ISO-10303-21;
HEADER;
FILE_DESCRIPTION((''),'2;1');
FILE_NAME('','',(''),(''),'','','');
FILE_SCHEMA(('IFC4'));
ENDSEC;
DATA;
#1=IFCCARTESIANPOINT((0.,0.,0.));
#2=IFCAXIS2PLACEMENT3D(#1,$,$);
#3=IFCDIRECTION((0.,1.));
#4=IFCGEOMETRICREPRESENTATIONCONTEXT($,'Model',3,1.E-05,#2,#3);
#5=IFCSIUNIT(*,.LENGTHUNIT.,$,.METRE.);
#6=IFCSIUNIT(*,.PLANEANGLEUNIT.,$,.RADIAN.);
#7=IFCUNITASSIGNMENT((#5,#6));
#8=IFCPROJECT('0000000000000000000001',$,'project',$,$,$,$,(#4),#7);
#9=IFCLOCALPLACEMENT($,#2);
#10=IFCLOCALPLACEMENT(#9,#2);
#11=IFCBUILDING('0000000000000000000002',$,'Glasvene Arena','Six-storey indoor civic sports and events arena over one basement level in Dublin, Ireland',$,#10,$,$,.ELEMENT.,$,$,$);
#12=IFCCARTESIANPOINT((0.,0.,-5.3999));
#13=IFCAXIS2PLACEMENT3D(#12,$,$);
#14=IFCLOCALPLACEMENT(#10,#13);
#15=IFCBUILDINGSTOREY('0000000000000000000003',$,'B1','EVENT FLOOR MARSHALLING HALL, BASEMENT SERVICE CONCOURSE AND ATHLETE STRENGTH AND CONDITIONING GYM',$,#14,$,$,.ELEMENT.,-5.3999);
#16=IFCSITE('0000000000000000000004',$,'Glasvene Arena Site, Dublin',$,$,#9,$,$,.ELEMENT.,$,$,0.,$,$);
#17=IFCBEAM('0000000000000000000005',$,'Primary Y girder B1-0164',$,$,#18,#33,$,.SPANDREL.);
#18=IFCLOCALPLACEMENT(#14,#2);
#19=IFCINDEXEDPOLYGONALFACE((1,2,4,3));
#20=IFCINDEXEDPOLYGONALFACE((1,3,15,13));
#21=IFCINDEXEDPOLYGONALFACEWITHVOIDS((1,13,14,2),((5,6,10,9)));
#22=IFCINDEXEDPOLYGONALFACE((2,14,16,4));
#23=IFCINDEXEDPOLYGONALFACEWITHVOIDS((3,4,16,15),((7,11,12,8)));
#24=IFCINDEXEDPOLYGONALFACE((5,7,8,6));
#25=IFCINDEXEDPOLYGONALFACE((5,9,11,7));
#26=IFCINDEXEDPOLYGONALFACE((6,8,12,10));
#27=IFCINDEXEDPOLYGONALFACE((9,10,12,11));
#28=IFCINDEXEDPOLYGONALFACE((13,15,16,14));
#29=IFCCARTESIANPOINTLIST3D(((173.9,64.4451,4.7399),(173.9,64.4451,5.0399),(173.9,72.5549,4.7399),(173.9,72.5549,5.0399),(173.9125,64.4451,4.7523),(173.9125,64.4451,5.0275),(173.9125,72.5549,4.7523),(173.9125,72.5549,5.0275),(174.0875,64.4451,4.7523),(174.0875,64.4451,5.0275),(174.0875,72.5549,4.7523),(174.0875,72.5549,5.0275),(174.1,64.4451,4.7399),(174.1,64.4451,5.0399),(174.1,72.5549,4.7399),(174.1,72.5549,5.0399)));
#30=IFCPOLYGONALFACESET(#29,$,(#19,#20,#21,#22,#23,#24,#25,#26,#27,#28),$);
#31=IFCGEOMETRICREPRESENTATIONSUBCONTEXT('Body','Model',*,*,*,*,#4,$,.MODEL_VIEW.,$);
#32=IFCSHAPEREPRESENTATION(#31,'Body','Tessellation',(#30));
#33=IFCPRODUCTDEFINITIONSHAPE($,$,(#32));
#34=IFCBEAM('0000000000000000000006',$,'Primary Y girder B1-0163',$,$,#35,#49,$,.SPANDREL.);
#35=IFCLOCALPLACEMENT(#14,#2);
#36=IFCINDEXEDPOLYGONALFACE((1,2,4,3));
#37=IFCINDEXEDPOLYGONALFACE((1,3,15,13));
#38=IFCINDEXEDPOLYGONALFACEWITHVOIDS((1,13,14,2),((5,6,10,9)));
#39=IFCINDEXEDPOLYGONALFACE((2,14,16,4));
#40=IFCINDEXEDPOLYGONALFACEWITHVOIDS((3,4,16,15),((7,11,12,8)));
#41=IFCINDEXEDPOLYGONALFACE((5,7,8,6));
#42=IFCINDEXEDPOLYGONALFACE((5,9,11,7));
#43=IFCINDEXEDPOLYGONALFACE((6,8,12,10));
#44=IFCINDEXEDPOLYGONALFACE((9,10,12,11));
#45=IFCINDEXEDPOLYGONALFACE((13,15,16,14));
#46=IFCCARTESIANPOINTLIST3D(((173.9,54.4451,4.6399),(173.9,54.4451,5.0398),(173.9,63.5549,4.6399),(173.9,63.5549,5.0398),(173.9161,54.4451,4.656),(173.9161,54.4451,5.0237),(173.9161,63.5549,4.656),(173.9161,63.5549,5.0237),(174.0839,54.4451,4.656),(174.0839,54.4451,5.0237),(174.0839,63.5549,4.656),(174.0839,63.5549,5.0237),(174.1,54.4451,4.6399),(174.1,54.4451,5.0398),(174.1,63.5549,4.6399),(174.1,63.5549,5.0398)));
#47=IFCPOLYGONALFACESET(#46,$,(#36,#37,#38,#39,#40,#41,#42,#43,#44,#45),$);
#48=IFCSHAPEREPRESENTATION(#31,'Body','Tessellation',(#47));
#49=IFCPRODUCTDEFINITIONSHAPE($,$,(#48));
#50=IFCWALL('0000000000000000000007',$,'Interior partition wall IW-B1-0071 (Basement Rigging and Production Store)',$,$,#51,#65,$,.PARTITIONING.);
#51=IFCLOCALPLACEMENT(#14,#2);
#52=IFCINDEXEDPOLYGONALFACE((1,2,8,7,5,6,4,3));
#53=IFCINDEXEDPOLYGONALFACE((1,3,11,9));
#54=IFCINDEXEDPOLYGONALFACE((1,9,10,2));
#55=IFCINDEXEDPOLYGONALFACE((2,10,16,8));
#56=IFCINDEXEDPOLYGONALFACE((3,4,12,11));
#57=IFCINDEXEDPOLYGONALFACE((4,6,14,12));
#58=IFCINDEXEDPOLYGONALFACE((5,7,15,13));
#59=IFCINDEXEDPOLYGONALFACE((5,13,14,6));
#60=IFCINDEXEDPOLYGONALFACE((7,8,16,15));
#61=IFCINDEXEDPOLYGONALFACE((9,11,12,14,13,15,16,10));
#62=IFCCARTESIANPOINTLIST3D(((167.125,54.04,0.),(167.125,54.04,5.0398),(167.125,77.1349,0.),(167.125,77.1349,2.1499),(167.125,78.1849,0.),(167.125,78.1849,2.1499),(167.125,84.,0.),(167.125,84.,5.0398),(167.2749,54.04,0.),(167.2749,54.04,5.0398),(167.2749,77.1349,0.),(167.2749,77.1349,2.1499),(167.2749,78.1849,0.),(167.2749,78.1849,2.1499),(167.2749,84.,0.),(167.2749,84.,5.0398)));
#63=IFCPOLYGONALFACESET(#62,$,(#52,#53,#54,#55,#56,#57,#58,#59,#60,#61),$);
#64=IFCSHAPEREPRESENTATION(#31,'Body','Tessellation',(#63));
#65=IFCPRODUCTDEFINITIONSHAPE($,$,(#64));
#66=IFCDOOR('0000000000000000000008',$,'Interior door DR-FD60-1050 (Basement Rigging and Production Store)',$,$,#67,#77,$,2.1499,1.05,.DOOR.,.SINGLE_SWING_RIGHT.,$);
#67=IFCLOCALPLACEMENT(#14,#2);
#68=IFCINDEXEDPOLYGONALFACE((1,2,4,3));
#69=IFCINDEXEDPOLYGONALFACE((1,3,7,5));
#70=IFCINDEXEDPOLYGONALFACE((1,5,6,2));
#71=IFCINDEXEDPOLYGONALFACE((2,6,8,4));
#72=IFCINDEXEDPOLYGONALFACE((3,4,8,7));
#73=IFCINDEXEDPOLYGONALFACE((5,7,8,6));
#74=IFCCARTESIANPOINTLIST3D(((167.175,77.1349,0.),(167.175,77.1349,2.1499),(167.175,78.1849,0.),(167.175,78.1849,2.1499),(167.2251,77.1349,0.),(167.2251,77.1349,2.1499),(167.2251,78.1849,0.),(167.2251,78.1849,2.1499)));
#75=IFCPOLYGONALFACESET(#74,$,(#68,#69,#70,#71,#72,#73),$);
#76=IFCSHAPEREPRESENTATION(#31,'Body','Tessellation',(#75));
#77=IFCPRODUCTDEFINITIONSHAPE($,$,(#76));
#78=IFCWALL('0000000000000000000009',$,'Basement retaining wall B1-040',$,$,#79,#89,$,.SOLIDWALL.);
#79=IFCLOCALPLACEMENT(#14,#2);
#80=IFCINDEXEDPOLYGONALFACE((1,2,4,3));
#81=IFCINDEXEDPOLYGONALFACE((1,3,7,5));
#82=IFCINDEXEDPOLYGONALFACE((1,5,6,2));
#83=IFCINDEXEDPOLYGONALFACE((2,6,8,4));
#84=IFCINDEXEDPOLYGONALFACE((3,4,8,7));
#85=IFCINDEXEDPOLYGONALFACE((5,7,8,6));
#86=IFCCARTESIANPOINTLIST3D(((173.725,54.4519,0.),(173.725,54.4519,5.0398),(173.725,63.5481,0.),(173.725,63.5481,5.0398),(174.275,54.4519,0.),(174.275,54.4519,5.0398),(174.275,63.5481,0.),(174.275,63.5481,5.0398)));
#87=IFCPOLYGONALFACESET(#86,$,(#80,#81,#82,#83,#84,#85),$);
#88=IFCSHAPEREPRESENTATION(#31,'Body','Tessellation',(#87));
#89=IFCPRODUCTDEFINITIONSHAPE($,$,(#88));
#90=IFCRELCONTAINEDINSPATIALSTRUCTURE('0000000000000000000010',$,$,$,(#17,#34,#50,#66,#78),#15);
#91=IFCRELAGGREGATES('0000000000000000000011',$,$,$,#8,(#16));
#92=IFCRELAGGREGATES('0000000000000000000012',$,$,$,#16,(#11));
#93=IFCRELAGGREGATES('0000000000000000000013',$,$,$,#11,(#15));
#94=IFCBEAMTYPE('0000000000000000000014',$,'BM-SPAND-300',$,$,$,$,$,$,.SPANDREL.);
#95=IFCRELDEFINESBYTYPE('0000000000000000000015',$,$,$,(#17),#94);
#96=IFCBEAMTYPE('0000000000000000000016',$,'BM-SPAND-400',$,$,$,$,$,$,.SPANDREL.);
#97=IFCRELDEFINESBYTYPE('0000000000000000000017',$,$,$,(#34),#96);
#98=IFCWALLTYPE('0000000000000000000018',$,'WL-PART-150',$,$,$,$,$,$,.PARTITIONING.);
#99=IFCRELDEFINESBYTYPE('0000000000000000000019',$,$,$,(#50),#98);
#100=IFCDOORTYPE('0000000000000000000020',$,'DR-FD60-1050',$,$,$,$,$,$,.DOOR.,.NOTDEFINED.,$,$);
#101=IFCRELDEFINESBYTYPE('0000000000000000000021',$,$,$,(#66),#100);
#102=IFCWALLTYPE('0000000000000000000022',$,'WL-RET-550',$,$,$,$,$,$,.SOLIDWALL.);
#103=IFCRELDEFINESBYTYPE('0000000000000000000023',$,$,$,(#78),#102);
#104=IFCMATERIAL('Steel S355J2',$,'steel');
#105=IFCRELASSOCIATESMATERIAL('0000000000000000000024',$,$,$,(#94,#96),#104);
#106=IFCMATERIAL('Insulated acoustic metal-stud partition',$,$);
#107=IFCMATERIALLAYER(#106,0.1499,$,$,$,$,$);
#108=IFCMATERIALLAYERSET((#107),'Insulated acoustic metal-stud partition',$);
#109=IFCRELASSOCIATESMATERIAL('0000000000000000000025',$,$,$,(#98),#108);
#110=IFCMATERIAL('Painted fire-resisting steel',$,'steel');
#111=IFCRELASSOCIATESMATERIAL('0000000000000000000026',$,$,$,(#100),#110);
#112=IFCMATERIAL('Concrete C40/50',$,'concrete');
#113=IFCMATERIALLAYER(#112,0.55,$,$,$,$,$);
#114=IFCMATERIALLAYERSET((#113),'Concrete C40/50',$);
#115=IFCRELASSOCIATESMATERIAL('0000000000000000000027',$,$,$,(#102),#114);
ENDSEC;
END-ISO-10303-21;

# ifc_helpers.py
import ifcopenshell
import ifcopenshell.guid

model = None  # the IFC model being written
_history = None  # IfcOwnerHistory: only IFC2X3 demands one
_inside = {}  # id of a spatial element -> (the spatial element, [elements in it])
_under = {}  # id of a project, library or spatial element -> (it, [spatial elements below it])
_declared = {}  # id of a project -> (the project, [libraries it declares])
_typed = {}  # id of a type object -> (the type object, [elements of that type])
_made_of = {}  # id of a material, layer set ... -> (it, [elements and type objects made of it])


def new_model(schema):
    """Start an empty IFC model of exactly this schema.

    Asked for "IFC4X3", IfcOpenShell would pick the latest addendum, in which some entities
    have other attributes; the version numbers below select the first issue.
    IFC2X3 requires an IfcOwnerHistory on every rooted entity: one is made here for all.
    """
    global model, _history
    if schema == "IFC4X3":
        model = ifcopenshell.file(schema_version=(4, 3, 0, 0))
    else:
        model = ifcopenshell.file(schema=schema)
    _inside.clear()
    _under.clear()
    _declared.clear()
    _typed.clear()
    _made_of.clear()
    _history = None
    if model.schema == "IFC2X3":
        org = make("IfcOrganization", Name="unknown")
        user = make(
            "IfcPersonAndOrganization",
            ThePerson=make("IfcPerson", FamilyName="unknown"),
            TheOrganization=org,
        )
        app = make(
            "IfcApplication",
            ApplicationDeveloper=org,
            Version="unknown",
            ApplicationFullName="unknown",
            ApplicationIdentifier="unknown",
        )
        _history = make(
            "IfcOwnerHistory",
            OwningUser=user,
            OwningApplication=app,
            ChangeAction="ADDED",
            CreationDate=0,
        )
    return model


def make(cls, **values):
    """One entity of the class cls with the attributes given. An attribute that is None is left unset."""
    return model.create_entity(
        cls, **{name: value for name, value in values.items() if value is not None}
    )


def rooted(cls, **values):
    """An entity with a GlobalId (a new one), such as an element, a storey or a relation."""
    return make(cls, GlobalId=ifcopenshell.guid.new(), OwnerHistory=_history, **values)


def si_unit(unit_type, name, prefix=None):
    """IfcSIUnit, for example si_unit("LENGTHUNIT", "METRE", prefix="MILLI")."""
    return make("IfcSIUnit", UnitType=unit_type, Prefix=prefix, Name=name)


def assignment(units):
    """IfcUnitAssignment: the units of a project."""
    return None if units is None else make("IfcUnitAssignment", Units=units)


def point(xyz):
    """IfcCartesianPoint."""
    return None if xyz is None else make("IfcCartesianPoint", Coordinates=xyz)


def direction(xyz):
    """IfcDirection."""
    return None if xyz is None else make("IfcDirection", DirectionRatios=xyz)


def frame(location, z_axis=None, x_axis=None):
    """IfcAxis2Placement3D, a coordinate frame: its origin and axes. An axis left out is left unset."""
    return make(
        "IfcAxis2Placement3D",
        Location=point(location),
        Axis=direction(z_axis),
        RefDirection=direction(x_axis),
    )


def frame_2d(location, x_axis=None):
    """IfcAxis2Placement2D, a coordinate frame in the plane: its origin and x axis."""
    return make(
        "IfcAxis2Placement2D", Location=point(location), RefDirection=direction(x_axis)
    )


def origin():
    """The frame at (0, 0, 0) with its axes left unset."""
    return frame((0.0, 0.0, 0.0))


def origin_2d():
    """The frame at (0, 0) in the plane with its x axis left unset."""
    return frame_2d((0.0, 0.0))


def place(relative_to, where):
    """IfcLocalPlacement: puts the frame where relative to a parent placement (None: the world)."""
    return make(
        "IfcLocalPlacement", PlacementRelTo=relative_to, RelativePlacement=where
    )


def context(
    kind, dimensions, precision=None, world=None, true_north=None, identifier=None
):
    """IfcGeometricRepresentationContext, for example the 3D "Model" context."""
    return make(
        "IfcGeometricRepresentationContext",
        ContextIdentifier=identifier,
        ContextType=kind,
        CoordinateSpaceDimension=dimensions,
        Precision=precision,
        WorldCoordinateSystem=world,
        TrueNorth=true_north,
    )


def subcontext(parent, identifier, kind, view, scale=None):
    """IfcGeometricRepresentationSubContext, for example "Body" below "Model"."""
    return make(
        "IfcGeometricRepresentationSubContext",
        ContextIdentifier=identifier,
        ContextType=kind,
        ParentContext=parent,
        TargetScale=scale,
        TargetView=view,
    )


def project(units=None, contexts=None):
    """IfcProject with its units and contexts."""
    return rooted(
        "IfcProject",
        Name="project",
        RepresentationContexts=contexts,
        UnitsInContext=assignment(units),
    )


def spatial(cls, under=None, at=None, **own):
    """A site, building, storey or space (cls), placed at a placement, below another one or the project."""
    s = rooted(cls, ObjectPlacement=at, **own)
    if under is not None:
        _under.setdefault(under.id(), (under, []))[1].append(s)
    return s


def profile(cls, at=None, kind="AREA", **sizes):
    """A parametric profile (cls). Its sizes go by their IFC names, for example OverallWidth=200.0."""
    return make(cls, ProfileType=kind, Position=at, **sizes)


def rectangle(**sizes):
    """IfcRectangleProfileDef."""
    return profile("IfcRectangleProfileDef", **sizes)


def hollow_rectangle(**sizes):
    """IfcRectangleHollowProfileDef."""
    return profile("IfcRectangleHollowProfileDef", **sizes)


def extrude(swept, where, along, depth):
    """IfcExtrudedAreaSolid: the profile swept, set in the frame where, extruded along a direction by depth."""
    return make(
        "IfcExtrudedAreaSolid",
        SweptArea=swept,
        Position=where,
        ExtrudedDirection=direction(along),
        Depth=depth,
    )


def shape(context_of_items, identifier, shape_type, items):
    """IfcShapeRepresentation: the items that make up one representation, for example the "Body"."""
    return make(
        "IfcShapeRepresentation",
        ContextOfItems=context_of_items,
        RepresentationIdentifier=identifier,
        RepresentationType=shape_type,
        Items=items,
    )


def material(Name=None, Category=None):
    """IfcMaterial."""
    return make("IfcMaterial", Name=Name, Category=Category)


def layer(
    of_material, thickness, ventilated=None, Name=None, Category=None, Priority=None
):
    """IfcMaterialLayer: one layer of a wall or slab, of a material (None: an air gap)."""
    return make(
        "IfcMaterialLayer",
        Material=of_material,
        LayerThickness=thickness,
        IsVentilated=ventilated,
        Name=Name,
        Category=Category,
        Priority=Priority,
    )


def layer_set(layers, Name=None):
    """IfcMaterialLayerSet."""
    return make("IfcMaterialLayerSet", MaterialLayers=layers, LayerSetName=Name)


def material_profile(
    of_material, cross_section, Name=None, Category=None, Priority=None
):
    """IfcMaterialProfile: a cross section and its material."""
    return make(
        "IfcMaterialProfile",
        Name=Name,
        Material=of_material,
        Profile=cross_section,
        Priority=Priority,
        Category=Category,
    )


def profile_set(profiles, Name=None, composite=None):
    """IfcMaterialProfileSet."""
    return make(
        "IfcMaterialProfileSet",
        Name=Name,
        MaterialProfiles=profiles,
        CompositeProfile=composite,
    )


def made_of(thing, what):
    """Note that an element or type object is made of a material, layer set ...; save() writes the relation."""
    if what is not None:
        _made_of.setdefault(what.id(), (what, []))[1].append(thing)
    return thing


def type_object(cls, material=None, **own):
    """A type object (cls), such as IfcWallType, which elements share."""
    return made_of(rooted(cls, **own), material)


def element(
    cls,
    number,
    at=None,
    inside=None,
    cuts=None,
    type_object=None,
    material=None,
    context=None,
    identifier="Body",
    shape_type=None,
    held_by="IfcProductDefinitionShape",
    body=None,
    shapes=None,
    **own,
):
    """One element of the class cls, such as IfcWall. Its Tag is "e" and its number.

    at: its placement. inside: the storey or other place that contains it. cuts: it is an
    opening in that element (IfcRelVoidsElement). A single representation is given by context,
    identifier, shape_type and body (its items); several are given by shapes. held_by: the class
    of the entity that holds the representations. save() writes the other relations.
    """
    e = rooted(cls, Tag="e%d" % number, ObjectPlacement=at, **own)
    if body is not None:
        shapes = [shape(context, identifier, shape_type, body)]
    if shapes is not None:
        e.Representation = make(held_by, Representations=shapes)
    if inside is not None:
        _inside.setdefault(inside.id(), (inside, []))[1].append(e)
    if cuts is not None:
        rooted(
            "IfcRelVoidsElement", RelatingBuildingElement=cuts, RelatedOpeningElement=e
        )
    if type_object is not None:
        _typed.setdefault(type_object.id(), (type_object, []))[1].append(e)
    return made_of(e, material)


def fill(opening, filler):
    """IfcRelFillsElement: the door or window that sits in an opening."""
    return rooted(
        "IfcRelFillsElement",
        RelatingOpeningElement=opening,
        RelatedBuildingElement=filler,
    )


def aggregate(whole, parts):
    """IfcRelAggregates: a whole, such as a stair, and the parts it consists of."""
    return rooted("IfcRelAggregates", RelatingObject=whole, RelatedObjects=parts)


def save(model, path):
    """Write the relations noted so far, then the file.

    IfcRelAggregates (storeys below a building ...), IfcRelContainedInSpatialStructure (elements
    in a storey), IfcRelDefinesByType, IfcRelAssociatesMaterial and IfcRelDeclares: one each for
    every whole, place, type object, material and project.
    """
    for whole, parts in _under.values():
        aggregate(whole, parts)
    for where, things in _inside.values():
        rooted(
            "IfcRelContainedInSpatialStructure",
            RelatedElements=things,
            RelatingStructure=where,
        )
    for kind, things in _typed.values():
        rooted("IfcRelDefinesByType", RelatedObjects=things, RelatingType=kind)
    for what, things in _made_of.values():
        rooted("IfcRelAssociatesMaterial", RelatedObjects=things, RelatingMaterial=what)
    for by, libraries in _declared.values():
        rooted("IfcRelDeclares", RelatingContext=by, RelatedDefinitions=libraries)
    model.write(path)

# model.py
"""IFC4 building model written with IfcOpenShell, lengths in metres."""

from ifc_helpers import new_model, si_unit, direction, frame, frame_2d, origin, origin_2d, place, context, subcontext, project, spatial, rectangle, hollow_rectangle, extrude, material, layer, layer_set, material_profile, profile_set, type_object, element, fill, save


model = new_model("IFC4")

# Units and contexts
model_context = context("Model", 3, precision=1e-05, world=origin(), true_north=direction((0.0, 1.0)))
body_context = subcontext(model_context, "Body", "Model", "MODEL_VIEW")
ifc_project = project(units=[si_unit("LENGTHUNIT", "METRE"), si_unit("PLANEANGLEUNIT", "RADIAN")], contexts=[model_context])

# Site, building, storey
site_placement = place(None, origin())
site = spatial("IfcSite", under=ifc_project, at=site_placement, Name="Glasvene Arena Site, Dublin", CompositionType="ELEMENT", RefElevation=0.0)
building_placement = place(site_placement, origin())
building = spatial("IfcBuilding", under=site, at=building_placement, Name="Glasvene Arena", Description="Six-storey indoor civic sports and events arena over one basement level in Dublin, Ireland", CompositionType="ELEMENT")
storey_placement = place(building_placement, frame((0.0, 0.0, -5.3999)))
storey = spatial("IfcBuildingStorey", under=building, at=storey_placement, Name="B1", Description="EVENT FLOOR MARSHALLING HALL, BASEMENT SERVICE CONCOURSE AND ATHLETE STRENGTH AND CONDITIONING GYM", CompositionType="ELEMENT", Elevation=-5.3999)

# Shared definitions
ifc_material_1 = material(Name="Concrete C40/50", Category="concrete")

# Beams
ifc_material_2 = material(Name="Steel S355J2", Category="steel")
ifc_material_profile_1 = material_profile(ifc_material_2, hollow_rectangle(XDim=0.2, YDim=0.3, WallThickness=0.0125, at=origin_2d()), Name="RHS 300x200x12.5")
ifc_profile_set_1 = profile_set([ifc_material_profile_1], Name="Steel S355J2")
beam_type_1 = type_object("IfcBeamType", Name="BM-SPAND-300", PredefinedType="SPANDREL", material=ifc_profile_set_1)
beam_1_placement = place(storey_placement, frame((174.0, 64.4451, 4.8899), z_axis=(0.0, 1.0, 0.0), x_axis=(-1.0, 0.0, 0.0)))
element("IfcBeam", 1, at=beam_1_placement, inside=storey, type_object=beam_type_1, Name="Primary Y girder B1-0164", PredefinedType="SPANDREL", context=body_context, shape_type="SweptSolid", body=[
    extrude(hollow_rectangle(XDim=0.2, YDim=0.3, WallThickness=0.0125, at=origin_2d()), origin(), (0.0, 0.0, 1.0), 8.1099),
])
ifc_material_profile_2 = material_profile(ifc_material_2, hollow_rectangle(XDim=0.2, YDim=0.3999, WallThickness=0.0161, at=origin_2d()), Name="RHS 400x200x16.0")
ifc_profile_set_2 = profile_set([ifc_material_profile_2], Name="Steel S355J2")
beam_type_2 = type_object("IfcBeamType", Name="BM-SPAND-400", PredefinedType="SPANDREL", material=ifc_profile_set_2)
beam_2_placement = place(storey_placement, frame((174.0, 54.4451, 4.8398), z_axis=(0.0, 1.0, 0.0), x_axis=(-1.0, 0.0, 0.0)))
element("IfcBeam", 2, at=beam_2_placement, inside=storey, type_object=beam_type_2, Name="Primary Y girder B1-0163", PredefinedType="SPANDREL", context=body_context, shape_type="SweptSolid", body=[
    extrude(hollow_rectangle(XDim=0.2, YDim=0.3999, WallThickness=0.0161, at=origin_2d()), origin(), (0.0, 0.0, 1.0), 9.1099),
])

# Wall, opening, door
ifc_material_3 = material(Name="Insulated acoustic metal-stud partition")
ifc_layer_1 = layer(ifc_material_3, 0.1499)
ifc_layer_set_1 = layer_set([ifc_layer_1], Name="Insulated acoustic metal-stud partition")
wall_type_1 = type_object("IfcWallType", Name="WL-PART-150", PredefinedType="PARTITIONING", material=ifc_layer_set_1)
wall_1_placement = place(storey_placement, frame((167.2, 54.04, 0.0), z_axis=(0.0, 0.0, 1.0), x_axis=(0.0, 1.0, 0.0)))
wall_1 = element("IfcWall", 3, at=wall_1_placement, inside=storey, type_object=wall_type_1, Name="Interior partition wall IW-B1-0071 (Basement Rigging and Production Store)", PredefinedType="PARTITIONING", context=body_context, shape_type="SweptSolid", body=[
    extrude(rectangle(XDim=29.96, YDim=0.1499, at=frame_2d((14.98, 0.0))), origin(), (0.0, 0.0, 1.0), 5.0398),
])
opening_placement = place(wall_1_placement, frame((23.095, 0.0, 0.0)))
opening = element("IfcOpeningElement", 4, at=opening_placement, cuts=wall_1, PredefinedType="OPENING", context=body_context, shape_type="SweptSolid", body=[
    extrude(rectangle(XDim=1.05, YDim=2.1499, at=frame_2d((0.5249, 1.075))), frame((0.0, 0.085, 0.0), z_axis=(0.0, -1.0, 0.0), x_axis=(1.0, 0.0, 0.0)), (0.0, 0.0, 1.0), 0.1699),
])
ifc_material_4 = material(Name="Painted fire-resisting steel", Category="steel")
door_type = type_object("IfcDoorType", Name="DR-FD60-1050", OperationType="NOTDEFINED", PredefinedType="DOOR", material=ifc_material_4)
door_placement = place(opening_placement, origin())
door = element("IfcDoor", 5, at=door_placement, inside=storey, type_object=door_type, Name="Interior door DR-FD60-1050 (Basement Rigging and Production Store)", OperationType="SINGLE_SWING_RIGHT", OverallHeight=2.1499, OverallWidth=1.05, PredefinedType="DOOR", context=body_context, shape_type="SweptSolid", body=[
    extrude(rectangle(XDim=1.05, YDim=2.1499, at=frame_2d((0.5249, 1.075))), frame((0.0, 0.0249, 0.0), z_axis=(0.0, -1.0, 0.0), x_axis=(1.0, 0.0, 0.0)), (0.0, 0.0, 1.0), 0.05),
])
fill(opening, door)

# Wall
ifc_layer_2 = layer(ifc_material_1, 0.55)
ifc_layer_set_2 = layer_set([ifc_layer_2], Name="Concrete C40/50")
wall_type_2 = type_object("IfcWallType", Name="WL-RET-550", PredefinedType="SOLIDWALL", material=ifc_layer_set_2)
wall_2_placement = place(storey_placement, frame((174.0, 63.5481, 0.0), z_axis=(0.0, 0.0, 1.0), x_axis=(0.0, -1.0, 0.0)))
element("IfcWall", 6, at=wall_2_placement, inside=storey, type_object=wall_type_2, Name="Basement retaining wall B1-040", PredefinedType="SOLIDWALL", context=body_context, shape_type="SweptSolid", body=[
    extrude(rectangle(XDim=9.0962, YDim=0.55, at=frame_2d((4.5481, 0.0))), origin(), (0.0, 0.0, 1.0), 5.0398),
])

save(model, "model.ifc")
